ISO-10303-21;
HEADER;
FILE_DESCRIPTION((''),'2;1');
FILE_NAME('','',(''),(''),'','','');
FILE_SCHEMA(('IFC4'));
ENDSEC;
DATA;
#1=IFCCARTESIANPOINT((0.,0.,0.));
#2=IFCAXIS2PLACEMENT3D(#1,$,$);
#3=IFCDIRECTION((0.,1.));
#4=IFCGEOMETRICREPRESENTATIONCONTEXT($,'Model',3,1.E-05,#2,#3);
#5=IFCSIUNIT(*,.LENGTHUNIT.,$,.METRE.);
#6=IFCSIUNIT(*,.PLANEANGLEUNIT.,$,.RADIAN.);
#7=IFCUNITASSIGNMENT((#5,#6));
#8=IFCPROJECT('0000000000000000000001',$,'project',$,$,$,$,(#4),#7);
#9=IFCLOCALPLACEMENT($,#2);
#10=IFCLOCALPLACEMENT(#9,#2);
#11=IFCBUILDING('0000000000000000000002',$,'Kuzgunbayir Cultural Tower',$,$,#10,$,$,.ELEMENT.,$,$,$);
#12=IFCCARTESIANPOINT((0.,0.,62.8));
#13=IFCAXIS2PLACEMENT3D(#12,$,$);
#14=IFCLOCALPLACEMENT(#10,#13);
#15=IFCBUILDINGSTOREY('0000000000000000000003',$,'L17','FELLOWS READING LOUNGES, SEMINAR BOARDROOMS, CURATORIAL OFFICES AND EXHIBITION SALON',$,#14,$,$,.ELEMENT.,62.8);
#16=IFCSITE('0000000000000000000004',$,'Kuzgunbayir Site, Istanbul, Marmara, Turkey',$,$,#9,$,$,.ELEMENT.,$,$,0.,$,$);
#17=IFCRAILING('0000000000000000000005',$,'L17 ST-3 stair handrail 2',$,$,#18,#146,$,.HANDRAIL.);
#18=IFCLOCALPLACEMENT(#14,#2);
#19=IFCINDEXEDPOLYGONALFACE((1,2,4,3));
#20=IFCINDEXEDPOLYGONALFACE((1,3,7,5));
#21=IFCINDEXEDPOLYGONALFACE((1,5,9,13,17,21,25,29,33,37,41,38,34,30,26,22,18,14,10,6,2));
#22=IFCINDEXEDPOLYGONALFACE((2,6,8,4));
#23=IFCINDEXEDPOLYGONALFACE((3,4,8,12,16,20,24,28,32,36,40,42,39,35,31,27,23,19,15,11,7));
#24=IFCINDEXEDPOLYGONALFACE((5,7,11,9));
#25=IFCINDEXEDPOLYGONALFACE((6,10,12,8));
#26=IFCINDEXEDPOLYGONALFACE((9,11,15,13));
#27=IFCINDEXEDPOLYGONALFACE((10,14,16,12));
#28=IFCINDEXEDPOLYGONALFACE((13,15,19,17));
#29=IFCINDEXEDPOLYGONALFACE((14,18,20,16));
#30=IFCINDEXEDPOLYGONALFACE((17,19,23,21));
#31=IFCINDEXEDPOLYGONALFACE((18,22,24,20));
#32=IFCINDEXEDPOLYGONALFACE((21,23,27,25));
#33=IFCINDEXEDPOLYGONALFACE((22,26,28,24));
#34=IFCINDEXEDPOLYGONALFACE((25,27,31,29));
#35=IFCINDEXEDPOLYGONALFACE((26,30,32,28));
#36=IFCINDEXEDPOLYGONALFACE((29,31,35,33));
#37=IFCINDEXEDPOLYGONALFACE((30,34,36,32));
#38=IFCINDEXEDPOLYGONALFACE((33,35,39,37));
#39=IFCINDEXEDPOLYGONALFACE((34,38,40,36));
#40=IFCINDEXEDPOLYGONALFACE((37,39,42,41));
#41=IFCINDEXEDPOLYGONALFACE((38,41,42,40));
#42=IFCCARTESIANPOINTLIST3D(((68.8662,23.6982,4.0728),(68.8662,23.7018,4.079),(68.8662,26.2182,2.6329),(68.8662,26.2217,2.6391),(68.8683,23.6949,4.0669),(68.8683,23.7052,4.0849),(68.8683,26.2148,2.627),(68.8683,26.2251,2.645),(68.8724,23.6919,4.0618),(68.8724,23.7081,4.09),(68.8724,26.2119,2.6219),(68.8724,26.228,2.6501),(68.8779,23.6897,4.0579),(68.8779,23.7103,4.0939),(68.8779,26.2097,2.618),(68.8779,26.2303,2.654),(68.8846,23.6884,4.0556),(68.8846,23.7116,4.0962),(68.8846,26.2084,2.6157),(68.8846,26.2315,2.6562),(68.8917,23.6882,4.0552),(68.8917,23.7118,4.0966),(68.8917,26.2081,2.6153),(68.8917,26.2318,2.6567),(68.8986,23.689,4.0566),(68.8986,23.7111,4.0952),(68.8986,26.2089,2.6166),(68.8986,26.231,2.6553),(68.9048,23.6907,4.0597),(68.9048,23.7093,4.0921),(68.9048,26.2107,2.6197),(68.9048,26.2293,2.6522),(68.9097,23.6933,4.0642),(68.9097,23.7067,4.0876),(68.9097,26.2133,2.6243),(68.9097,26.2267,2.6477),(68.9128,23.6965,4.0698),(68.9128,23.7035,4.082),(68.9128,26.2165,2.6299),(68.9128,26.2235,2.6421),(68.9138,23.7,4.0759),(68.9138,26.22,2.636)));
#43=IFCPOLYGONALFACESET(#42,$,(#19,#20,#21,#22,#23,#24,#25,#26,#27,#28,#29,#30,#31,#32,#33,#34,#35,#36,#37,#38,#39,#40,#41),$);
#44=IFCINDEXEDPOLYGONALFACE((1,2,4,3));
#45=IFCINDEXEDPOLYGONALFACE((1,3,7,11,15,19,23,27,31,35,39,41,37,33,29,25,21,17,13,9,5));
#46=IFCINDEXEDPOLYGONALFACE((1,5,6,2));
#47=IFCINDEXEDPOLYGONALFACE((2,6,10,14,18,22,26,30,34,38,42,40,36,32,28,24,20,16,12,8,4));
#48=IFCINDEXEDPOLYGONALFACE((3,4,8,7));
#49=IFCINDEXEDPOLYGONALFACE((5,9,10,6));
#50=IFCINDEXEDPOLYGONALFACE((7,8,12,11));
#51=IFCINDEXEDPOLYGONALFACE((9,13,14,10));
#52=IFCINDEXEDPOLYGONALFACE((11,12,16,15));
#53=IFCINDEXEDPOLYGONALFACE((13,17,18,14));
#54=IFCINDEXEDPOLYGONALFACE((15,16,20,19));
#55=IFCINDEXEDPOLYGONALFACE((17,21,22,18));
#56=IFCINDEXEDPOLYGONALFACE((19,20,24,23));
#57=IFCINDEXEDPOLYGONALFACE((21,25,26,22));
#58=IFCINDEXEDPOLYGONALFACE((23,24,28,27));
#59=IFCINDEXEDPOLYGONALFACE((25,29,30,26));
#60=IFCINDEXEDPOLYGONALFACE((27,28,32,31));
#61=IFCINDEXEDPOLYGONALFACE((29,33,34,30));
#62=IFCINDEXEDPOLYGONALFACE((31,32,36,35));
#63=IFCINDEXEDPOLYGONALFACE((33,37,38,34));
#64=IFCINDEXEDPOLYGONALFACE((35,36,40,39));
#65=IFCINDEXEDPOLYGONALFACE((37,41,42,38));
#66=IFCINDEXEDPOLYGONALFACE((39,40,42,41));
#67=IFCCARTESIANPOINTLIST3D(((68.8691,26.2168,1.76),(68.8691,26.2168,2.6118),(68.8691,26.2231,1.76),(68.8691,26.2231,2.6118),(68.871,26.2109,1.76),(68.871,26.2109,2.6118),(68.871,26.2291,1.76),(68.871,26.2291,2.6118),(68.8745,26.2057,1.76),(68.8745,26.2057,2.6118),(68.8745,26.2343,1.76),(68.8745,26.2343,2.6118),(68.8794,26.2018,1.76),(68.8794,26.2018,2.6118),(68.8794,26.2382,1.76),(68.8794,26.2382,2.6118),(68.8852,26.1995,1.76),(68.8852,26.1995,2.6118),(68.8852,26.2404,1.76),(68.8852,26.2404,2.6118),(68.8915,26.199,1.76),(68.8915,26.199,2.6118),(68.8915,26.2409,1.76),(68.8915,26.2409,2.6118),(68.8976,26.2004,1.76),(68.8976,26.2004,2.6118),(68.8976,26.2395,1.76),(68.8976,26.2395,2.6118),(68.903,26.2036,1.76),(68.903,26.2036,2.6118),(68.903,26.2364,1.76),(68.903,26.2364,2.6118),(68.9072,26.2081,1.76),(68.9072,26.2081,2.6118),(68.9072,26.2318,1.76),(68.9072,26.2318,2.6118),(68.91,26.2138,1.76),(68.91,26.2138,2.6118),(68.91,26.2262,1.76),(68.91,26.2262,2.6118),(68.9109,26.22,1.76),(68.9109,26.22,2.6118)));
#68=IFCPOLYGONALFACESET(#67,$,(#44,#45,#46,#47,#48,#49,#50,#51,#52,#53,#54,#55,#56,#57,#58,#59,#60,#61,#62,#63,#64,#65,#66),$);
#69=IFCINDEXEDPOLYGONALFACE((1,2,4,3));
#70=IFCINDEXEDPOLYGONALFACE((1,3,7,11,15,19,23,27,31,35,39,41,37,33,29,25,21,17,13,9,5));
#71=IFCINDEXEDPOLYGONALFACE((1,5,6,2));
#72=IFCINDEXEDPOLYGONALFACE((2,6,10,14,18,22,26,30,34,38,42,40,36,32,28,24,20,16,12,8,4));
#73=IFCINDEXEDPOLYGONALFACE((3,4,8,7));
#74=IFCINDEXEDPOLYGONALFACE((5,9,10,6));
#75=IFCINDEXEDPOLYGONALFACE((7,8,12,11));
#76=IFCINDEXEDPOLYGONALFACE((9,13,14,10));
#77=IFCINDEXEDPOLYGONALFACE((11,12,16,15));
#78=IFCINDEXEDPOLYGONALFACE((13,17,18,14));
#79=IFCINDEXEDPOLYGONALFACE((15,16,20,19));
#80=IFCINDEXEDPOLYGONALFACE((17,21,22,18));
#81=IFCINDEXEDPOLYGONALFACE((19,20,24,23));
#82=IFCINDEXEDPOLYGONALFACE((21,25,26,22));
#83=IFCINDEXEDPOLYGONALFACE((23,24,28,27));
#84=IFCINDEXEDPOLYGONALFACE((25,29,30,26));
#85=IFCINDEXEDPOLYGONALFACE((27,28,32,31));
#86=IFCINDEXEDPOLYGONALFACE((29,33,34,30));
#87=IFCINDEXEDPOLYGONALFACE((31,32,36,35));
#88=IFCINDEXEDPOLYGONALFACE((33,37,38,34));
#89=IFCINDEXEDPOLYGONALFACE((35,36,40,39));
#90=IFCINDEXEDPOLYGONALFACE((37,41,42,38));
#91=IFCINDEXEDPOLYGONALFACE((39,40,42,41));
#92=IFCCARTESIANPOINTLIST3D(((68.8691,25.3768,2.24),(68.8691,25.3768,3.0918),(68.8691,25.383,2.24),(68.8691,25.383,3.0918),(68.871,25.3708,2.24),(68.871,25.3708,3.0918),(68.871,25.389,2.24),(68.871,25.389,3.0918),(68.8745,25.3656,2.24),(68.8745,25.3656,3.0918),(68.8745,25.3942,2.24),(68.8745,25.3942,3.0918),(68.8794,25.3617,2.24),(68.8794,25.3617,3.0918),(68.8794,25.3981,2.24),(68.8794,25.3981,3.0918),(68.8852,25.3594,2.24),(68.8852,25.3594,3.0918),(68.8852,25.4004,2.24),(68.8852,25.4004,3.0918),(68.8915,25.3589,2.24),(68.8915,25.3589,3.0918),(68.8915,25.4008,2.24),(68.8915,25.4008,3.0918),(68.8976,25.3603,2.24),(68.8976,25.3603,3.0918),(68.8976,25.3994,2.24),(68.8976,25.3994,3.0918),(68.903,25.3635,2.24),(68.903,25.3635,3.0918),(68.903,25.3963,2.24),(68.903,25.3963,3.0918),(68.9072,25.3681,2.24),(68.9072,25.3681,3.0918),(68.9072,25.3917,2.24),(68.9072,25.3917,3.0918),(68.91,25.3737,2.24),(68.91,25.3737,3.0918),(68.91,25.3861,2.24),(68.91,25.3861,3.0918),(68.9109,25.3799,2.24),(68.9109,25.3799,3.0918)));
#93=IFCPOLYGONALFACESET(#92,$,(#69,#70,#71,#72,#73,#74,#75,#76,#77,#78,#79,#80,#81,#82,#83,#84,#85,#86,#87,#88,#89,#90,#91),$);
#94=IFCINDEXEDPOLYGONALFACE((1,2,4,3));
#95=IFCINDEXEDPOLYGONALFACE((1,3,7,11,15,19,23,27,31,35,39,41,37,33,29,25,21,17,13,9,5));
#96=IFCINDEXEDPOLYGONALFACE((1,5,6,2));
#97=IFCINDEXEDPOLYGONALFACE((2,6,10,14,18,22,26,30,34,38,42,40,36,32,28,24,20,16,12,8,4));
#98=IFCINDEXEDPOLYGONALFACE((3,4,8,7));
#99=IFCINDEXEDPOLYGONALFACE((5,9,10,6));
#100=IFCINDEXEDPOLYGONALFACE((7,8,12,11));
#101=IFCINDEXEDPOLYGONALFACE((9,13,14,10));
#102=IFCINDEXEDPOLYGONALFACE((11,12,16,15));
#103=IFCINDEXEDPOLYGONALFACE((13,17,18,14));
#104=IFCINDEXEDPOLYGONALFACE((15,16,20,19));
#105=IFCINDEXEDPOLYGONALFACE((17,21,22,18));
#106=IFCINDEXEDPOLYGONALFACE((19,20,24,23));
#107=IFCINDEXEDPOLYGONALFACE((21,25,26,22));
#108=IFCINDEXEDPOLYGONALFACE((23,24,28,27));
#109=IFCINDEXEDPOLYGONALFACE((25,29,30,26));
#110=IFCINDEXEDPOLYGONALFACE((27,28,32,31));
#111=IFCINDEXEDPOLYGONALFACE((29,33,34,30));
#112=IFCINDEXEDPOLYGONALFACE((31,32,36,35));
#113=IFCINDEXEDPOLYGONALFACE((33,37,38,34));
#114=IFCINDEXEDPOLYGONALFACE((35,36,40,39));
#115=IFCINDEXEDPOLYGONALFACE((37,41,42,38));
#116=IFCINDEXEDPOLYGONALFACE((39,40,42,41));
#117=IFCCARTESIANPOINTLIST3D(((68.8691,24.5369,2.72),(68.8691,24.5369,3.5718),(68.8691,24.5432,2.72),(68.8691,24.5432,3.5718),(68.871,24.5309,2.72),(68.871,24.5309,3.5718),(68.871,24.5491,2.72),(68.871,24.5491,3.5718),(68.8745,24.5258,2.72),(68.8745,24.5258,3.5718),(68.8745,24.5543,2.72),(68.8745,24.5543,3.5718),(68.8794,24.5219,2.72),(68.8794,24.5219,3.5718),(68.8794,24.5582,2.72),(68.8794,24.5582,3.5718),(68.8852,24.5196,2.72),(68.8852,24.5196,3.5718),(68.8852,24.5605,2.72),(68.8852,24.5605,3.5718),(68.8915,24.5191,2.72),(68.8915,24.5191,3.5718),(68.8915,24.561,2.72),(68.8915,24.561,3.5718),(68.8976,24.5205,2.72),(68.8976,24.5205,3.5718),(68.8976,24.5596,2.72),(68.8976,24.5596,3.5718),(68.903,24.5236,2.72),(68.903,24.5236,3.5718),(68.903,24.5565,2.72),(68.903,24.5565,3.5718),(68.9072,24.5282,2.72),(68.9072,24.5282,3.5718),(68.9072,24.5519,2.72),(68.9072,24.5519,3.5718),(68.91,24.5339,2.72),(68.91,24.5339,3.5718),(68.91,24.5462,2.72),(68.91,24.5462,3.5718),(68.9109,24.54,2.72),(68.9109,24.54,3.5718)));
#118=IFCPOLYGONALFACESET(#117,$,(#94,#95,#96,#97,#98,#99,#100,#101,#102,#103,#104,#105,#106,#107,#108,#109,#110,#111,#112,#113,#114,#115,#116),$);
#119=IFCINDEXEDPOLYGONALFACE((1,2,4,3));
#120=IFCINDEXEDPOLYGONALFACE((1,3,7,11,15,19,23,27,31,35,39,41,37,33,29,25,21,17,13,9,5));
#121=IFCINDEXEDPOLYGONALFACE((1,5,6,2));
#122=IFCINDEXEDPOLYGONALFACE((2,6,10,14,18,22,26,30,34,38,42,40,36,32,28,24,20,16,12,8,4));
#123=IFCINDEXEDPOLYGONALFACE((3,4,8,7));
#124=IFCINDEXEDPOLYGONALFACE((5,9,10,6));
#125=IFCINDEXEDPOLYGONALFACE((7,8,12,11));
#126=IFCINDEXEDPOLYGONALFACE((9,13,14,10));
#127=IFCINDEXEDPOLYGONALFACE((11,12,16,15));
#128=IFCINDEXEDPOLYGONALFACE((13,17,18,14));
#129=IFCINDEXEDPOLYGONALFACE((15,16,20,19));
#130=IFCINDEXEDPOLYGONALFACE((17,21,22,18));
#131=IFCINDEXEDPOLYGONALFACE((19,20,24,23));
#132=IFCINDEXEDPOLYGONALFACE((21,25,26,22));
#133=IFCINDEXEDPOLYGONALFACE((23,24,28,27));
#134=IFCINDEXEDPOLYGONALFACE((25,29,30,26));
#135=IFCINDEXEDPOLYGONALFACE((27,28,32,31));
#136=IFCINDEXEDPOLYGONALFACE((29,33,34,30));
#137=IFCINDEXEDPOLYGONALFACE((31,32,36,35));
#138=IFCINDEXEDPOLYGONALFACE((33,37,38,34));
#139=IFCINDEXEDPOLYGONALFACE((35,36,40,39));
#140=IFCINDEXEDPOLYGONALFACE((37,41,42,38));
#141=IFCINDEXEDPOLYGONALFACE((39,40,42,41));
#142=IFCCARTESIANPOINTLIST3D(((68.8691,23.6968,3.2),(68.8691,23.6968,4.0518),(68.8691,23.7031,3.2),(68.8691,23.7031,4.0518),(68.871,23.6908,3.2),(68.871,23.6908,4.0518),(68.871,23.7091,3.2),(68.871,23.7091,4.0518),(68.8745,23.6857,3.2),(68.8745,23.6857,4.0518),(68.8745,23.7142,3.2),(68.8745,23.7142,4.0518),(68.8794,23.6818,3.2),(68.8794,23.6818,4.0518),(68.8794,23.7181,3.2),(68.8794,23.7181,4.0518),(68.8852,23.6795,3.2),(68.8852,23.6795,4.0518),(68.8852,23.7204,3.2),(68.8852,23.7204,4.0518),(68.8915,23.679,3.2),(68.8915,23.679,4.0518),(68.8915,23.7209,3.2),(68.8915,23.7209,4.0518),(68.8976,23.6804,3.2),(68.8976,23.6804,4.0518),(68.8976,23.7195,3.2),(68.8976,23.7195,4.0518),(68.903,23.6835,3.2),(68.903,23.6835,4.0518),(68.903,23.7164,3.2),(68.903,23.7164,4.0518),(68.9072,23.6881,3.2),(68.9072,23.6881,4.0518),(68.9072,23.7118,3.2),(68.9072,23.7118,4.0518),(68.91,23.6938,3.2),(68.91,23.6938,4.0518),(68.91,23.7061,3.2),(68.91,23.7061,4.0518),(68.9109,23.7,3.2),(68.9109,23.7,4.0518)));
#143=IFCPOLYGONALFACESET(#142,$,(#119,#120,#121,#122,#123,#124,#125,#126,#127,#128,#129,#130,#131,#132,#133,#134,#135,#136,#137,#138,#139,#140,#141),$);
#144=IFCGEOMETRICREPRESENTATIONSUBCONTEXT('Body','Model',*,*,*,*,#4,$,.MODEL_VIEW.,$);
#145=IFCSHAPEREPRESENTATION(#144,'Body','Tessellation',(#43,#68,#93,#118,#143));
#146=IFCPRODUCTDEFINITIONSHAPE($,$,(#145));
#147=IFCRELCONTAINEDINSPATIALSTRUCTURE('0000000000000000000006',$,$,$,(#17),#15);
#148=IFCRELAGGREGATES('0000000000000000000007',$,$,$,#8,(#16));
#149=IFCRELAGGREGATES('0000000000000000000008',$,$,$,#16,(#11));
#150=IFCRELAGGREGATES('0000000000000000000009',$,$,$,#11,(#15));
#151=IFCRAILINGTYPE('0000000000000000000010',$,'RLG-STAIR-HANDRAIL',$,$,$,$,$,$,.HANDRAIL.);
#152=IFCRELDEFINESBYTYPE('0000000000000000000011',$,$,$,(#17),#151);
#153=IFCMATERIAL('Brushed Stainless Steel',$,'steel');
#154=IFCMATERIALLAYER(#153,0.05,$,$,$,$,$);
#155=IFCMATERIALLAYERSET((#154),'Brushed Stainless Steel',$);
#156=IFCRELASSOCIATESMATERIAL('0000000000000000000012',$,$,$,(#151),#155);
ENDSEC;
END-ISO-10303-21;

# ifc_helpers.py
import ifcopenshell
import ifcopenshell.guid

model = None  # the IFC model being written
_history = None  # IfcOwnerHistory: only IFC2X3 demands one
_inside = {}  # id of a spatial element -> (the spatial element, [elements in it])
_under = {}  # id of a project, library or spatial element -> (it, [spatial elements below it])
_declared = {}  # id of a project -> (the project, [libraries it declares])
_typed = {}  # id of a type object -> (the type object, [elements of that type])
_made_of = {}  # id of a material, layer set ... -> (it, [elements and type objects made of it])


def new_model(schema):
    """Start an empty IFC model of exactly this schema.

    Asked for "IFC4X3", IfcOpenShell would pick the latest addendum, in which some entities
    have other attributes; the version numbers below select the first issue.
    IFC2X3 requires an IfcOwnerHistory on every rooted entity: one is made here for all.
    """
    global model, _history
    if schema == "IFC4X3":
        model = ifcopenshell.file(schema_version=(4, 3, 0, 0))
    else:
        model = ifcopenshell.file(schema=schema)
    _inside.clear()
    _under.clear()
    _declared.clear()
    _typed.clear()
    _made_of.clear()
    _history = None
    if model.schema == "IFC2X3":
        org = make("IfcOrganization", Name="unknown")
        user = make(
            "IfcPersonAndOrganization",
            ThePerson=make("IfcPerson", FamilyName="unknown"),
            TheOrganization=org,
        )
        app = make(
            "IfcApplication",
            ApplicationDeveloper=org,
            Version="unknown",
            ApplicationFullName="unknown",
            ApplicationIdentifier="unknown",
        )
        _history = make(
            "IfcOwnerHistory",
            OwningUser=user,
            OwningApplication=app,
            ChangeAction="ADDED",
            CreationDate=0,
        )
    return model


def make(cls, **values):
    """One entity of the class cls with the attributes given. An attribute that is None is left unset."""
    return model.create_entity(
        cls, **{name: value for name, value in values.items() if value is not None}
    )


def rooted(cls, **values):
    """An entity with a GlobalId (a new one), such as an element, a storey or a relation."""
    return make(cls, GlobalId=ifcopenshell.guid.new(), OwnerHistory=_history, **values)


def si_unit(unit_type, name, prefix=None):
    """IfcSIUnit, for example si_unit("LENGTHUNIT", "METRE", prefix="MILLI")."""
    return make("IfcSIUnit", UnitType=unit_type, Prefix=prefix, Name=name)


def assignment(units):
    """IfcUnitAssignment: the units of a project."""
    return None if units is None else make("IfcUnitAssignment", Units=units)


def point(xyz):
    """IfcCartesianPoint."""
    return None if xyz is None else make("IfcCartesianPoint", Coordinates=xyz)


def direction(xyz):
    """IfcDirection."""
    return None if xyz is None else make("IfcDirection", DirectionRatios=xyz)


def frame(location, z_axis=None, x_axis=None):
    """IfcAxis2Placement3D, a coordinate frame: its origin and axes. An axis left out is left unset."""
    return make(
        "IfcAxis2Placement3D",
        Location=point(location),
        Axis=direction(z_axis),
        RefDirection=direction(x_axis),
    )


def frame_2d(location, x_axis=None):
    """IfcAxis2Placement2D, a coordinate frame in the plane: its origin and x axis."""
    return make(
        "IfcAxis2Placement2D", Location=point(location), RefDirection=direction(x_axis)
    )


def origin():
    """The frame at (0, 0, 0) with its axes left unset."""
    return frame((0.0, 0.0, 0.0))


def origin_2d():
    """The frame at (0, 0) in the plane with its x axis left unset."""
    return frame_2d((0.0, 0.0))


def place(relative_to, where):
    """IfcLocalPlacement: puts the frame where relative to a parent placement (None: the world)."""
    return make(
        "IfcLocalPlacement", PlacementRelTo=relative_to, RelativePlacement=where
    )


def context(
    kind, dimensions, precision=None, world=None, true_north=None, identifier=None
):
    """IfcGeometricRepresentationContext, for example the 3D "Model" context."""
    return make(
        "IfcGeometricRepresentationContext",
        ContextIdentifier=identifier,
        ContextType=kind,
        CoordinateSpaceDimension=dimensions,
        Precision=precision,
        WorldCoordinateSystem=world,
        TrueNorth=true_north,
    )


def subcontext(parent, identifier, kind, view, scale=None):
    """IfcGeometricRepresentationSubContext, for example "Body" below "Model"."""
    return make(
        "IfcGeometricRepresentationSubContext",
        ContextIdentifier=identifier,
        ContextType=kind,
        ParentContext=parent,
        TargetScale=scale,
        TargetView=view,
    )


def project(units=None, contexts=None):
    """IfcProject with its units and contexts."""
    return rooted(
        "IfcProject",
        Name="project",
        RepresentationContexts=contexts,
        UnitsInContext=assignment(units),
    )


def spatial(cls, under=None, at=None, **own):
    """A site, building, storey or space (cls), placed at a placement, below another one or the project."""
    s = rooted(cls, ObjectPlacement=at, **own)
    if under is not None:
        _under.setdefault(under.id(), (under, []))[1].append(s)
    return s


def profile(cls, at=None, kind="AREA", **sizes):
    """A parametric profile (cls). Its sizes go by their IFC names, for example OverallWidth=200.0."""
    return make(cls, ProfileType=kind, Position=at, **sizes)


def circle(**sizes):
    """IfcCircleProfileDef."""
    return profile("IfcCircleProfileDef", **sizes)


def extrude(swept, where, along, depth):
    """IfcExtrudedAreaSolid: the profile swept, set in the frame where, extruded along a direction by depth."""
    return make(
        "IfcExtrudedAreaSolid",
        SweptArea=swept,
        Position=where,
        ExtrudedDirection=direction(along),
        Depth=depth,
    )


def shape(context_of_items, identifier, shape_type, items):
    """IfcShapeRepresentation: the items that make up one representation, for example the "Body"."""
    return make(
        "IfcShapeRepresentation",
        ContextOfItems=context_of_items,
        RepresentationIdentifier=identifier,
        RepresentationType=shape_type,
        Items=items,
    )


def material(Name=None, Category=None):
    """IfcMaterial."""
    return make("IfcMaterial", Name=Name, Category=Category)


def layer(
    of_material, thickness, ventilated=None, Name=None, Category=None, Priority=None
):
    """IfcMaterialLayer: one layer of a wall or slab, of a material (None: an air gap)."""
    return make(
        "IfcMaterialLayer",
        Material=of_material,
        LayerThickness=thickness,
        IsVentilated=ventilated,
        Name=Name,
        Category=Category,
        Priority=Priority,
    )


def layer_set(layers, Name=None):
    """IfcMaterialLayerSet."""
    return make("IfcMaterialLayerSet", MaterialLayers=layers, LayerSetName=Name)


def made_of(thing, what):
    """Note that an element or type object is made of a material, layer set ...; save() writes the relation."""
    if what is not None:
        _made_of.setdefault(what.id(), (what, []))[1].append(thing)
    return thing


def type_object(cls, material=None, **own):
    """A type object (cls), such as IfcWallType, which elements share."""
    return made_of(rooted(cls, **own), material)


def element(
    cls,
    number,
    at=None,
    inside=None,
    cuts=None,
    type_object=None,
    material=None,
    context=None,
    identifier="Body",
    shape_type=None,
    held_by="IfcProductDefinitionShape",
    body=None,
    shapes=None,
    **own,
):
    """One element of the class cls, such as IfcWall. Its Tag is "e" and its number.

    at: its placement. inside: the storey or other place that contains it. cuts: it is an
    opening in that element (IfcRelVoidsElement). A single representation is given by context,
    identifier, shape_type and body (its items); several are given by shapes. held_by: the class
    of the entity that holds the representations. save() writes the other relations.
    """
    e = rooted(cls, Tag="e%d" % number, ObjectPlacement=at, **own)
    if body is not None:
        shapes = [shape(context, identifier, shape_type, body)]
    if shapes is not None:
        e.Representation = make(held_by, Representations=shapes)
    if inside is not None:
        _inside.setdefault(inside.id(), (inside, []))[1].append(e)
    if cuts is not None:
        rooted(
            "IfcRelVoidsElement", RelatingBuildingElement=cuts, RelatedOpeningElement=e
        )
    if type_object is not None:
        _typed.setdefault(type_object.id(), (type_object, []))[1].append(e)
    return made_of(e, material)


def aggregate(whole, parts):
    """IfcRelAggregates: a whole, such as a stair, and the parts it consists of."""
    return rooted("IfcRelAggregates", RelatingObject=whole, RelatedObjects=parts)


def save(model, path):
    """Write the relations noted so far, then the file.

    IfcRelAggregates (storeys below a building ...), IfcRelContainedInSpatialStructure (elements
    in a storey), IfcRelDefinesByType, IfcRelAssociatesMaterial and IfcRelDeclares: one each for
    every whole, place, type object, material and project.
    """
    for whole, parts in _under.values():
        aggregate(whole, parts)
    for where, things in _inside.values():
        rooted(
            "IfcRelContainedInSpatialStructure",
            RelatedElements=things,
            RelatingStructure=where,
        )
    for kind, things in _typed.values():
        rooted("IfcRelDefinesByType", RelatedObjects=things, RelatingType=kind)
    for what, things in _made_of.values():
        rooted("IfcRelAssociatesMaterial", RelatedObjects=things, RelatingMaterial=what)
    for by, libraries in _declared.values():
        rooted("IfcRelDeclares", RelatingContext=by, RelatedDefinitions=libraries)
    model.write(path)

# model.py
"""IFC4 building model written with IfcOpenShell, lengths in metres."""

from ifc_helpers import new_model, si_unit, direction, frame, origin, origin_2d, place, context, subcontext, project, spatial, circle, extrude, material, layer, layer_set, type_object, element, save


model = new_model("IFC4")

# Units and contexts
model_context = context("Model", 3, precision=1e-05, world=origin(), true_north=direction((0.0, 1.0)))
body_context = subcontext(model_context, "Body", "Model", "MODEL_VIEW")
ifc_project = project(units=[si_unit("LENGTHUNIT", "METRE"), si_unit("PLANEANGLEUNIT", "RADIAN")], contexts=[model_context])

# Site, building, storey
site_placement = place(None, origin())
site = spatial("IfcSite", under=ifc_project, at=site_placement, Name="Kuzgunbayir Site, Istanbul, Marmara, Turkey", CompositionType="ELEMENT", RefElevation=0.0)
building_placement = place(site_placement, origin())
building = spatial("IfcBuilding", under=site, at=building_placement, Name="Kuzgunbayir Cultural Tower", CompositionType="ELEMENT")
storey_placement = place(building_placement, frame((0.0, 0.0, 62.8)))
storey = spatial("IfcBuildingStorey", under=building, at=storey_placement, Name="L17", Description="FELLOWS READING LOUNGES, SEMINAR BOARDROOMS, CURATORIAL OFFICES AND EXHIBITION SALON", CompositionType="ELEMENT", Elevation=62.8)

# Railing
ifc_material_1 = material(Name="Brushed Stainless Steel", Category="steel")
ifc_layer_1 = layer(ifc_material_1, 0.05)
ifc_layer_set_1 = layer_set([ifc_layer_1], Name="Brushed Stainless Steel")
railing_type_1 = type_object("IfcRailingType", Name="RLG-STAIR-HANDRAIL", PredefinedType="HANDRAIL", material=ifc_layer_set_1)
railing_1_placement = place(storey_placement, frame((68.8899, 26.22, 1.76)))
element("IfcRailing", 1, at=railing_1_placement, inside=storey, type_object=railing_type_1, Name="L17 ST-3 stair handrail 2", PredefinedType="HANDRAIL", context=body_context, shape_type="SweptSolid", body=[
    extrude(circle(Radius=0.0239, at=origin_2d()), frame((0.0, 0.0, 0.876), z_axis=(0.0, -0.868253, 0.496121), x_axis=(1.0, 0.0, 0.0)), (0.0, 0.0, 1.0), 2.9023),
    extrude(circle(Radius=0.021, at=origin_2d()), origin(), (0.0, 0.0, 1.0), 0.8518),
    extrude(circle(Radius=0.021, at=origin_2d()), frame((0.0, -0.8401, 0.48)), (0.0, 0.0, 1.0), 0.8518),
    extrude(circle(Radius=0.021, at=origin_2d()), frame((0.0, -1.6799, 0.96)), (0.0, 0.0, 1.0), 0.8518),
    extrude(circle(Radius=0.021, at=origin_2d()), frame((0.0, -2.52, 1.4399)), (0.0, 0.0, 1.0), 0.8518),
])

save(model, "model.ifc")
